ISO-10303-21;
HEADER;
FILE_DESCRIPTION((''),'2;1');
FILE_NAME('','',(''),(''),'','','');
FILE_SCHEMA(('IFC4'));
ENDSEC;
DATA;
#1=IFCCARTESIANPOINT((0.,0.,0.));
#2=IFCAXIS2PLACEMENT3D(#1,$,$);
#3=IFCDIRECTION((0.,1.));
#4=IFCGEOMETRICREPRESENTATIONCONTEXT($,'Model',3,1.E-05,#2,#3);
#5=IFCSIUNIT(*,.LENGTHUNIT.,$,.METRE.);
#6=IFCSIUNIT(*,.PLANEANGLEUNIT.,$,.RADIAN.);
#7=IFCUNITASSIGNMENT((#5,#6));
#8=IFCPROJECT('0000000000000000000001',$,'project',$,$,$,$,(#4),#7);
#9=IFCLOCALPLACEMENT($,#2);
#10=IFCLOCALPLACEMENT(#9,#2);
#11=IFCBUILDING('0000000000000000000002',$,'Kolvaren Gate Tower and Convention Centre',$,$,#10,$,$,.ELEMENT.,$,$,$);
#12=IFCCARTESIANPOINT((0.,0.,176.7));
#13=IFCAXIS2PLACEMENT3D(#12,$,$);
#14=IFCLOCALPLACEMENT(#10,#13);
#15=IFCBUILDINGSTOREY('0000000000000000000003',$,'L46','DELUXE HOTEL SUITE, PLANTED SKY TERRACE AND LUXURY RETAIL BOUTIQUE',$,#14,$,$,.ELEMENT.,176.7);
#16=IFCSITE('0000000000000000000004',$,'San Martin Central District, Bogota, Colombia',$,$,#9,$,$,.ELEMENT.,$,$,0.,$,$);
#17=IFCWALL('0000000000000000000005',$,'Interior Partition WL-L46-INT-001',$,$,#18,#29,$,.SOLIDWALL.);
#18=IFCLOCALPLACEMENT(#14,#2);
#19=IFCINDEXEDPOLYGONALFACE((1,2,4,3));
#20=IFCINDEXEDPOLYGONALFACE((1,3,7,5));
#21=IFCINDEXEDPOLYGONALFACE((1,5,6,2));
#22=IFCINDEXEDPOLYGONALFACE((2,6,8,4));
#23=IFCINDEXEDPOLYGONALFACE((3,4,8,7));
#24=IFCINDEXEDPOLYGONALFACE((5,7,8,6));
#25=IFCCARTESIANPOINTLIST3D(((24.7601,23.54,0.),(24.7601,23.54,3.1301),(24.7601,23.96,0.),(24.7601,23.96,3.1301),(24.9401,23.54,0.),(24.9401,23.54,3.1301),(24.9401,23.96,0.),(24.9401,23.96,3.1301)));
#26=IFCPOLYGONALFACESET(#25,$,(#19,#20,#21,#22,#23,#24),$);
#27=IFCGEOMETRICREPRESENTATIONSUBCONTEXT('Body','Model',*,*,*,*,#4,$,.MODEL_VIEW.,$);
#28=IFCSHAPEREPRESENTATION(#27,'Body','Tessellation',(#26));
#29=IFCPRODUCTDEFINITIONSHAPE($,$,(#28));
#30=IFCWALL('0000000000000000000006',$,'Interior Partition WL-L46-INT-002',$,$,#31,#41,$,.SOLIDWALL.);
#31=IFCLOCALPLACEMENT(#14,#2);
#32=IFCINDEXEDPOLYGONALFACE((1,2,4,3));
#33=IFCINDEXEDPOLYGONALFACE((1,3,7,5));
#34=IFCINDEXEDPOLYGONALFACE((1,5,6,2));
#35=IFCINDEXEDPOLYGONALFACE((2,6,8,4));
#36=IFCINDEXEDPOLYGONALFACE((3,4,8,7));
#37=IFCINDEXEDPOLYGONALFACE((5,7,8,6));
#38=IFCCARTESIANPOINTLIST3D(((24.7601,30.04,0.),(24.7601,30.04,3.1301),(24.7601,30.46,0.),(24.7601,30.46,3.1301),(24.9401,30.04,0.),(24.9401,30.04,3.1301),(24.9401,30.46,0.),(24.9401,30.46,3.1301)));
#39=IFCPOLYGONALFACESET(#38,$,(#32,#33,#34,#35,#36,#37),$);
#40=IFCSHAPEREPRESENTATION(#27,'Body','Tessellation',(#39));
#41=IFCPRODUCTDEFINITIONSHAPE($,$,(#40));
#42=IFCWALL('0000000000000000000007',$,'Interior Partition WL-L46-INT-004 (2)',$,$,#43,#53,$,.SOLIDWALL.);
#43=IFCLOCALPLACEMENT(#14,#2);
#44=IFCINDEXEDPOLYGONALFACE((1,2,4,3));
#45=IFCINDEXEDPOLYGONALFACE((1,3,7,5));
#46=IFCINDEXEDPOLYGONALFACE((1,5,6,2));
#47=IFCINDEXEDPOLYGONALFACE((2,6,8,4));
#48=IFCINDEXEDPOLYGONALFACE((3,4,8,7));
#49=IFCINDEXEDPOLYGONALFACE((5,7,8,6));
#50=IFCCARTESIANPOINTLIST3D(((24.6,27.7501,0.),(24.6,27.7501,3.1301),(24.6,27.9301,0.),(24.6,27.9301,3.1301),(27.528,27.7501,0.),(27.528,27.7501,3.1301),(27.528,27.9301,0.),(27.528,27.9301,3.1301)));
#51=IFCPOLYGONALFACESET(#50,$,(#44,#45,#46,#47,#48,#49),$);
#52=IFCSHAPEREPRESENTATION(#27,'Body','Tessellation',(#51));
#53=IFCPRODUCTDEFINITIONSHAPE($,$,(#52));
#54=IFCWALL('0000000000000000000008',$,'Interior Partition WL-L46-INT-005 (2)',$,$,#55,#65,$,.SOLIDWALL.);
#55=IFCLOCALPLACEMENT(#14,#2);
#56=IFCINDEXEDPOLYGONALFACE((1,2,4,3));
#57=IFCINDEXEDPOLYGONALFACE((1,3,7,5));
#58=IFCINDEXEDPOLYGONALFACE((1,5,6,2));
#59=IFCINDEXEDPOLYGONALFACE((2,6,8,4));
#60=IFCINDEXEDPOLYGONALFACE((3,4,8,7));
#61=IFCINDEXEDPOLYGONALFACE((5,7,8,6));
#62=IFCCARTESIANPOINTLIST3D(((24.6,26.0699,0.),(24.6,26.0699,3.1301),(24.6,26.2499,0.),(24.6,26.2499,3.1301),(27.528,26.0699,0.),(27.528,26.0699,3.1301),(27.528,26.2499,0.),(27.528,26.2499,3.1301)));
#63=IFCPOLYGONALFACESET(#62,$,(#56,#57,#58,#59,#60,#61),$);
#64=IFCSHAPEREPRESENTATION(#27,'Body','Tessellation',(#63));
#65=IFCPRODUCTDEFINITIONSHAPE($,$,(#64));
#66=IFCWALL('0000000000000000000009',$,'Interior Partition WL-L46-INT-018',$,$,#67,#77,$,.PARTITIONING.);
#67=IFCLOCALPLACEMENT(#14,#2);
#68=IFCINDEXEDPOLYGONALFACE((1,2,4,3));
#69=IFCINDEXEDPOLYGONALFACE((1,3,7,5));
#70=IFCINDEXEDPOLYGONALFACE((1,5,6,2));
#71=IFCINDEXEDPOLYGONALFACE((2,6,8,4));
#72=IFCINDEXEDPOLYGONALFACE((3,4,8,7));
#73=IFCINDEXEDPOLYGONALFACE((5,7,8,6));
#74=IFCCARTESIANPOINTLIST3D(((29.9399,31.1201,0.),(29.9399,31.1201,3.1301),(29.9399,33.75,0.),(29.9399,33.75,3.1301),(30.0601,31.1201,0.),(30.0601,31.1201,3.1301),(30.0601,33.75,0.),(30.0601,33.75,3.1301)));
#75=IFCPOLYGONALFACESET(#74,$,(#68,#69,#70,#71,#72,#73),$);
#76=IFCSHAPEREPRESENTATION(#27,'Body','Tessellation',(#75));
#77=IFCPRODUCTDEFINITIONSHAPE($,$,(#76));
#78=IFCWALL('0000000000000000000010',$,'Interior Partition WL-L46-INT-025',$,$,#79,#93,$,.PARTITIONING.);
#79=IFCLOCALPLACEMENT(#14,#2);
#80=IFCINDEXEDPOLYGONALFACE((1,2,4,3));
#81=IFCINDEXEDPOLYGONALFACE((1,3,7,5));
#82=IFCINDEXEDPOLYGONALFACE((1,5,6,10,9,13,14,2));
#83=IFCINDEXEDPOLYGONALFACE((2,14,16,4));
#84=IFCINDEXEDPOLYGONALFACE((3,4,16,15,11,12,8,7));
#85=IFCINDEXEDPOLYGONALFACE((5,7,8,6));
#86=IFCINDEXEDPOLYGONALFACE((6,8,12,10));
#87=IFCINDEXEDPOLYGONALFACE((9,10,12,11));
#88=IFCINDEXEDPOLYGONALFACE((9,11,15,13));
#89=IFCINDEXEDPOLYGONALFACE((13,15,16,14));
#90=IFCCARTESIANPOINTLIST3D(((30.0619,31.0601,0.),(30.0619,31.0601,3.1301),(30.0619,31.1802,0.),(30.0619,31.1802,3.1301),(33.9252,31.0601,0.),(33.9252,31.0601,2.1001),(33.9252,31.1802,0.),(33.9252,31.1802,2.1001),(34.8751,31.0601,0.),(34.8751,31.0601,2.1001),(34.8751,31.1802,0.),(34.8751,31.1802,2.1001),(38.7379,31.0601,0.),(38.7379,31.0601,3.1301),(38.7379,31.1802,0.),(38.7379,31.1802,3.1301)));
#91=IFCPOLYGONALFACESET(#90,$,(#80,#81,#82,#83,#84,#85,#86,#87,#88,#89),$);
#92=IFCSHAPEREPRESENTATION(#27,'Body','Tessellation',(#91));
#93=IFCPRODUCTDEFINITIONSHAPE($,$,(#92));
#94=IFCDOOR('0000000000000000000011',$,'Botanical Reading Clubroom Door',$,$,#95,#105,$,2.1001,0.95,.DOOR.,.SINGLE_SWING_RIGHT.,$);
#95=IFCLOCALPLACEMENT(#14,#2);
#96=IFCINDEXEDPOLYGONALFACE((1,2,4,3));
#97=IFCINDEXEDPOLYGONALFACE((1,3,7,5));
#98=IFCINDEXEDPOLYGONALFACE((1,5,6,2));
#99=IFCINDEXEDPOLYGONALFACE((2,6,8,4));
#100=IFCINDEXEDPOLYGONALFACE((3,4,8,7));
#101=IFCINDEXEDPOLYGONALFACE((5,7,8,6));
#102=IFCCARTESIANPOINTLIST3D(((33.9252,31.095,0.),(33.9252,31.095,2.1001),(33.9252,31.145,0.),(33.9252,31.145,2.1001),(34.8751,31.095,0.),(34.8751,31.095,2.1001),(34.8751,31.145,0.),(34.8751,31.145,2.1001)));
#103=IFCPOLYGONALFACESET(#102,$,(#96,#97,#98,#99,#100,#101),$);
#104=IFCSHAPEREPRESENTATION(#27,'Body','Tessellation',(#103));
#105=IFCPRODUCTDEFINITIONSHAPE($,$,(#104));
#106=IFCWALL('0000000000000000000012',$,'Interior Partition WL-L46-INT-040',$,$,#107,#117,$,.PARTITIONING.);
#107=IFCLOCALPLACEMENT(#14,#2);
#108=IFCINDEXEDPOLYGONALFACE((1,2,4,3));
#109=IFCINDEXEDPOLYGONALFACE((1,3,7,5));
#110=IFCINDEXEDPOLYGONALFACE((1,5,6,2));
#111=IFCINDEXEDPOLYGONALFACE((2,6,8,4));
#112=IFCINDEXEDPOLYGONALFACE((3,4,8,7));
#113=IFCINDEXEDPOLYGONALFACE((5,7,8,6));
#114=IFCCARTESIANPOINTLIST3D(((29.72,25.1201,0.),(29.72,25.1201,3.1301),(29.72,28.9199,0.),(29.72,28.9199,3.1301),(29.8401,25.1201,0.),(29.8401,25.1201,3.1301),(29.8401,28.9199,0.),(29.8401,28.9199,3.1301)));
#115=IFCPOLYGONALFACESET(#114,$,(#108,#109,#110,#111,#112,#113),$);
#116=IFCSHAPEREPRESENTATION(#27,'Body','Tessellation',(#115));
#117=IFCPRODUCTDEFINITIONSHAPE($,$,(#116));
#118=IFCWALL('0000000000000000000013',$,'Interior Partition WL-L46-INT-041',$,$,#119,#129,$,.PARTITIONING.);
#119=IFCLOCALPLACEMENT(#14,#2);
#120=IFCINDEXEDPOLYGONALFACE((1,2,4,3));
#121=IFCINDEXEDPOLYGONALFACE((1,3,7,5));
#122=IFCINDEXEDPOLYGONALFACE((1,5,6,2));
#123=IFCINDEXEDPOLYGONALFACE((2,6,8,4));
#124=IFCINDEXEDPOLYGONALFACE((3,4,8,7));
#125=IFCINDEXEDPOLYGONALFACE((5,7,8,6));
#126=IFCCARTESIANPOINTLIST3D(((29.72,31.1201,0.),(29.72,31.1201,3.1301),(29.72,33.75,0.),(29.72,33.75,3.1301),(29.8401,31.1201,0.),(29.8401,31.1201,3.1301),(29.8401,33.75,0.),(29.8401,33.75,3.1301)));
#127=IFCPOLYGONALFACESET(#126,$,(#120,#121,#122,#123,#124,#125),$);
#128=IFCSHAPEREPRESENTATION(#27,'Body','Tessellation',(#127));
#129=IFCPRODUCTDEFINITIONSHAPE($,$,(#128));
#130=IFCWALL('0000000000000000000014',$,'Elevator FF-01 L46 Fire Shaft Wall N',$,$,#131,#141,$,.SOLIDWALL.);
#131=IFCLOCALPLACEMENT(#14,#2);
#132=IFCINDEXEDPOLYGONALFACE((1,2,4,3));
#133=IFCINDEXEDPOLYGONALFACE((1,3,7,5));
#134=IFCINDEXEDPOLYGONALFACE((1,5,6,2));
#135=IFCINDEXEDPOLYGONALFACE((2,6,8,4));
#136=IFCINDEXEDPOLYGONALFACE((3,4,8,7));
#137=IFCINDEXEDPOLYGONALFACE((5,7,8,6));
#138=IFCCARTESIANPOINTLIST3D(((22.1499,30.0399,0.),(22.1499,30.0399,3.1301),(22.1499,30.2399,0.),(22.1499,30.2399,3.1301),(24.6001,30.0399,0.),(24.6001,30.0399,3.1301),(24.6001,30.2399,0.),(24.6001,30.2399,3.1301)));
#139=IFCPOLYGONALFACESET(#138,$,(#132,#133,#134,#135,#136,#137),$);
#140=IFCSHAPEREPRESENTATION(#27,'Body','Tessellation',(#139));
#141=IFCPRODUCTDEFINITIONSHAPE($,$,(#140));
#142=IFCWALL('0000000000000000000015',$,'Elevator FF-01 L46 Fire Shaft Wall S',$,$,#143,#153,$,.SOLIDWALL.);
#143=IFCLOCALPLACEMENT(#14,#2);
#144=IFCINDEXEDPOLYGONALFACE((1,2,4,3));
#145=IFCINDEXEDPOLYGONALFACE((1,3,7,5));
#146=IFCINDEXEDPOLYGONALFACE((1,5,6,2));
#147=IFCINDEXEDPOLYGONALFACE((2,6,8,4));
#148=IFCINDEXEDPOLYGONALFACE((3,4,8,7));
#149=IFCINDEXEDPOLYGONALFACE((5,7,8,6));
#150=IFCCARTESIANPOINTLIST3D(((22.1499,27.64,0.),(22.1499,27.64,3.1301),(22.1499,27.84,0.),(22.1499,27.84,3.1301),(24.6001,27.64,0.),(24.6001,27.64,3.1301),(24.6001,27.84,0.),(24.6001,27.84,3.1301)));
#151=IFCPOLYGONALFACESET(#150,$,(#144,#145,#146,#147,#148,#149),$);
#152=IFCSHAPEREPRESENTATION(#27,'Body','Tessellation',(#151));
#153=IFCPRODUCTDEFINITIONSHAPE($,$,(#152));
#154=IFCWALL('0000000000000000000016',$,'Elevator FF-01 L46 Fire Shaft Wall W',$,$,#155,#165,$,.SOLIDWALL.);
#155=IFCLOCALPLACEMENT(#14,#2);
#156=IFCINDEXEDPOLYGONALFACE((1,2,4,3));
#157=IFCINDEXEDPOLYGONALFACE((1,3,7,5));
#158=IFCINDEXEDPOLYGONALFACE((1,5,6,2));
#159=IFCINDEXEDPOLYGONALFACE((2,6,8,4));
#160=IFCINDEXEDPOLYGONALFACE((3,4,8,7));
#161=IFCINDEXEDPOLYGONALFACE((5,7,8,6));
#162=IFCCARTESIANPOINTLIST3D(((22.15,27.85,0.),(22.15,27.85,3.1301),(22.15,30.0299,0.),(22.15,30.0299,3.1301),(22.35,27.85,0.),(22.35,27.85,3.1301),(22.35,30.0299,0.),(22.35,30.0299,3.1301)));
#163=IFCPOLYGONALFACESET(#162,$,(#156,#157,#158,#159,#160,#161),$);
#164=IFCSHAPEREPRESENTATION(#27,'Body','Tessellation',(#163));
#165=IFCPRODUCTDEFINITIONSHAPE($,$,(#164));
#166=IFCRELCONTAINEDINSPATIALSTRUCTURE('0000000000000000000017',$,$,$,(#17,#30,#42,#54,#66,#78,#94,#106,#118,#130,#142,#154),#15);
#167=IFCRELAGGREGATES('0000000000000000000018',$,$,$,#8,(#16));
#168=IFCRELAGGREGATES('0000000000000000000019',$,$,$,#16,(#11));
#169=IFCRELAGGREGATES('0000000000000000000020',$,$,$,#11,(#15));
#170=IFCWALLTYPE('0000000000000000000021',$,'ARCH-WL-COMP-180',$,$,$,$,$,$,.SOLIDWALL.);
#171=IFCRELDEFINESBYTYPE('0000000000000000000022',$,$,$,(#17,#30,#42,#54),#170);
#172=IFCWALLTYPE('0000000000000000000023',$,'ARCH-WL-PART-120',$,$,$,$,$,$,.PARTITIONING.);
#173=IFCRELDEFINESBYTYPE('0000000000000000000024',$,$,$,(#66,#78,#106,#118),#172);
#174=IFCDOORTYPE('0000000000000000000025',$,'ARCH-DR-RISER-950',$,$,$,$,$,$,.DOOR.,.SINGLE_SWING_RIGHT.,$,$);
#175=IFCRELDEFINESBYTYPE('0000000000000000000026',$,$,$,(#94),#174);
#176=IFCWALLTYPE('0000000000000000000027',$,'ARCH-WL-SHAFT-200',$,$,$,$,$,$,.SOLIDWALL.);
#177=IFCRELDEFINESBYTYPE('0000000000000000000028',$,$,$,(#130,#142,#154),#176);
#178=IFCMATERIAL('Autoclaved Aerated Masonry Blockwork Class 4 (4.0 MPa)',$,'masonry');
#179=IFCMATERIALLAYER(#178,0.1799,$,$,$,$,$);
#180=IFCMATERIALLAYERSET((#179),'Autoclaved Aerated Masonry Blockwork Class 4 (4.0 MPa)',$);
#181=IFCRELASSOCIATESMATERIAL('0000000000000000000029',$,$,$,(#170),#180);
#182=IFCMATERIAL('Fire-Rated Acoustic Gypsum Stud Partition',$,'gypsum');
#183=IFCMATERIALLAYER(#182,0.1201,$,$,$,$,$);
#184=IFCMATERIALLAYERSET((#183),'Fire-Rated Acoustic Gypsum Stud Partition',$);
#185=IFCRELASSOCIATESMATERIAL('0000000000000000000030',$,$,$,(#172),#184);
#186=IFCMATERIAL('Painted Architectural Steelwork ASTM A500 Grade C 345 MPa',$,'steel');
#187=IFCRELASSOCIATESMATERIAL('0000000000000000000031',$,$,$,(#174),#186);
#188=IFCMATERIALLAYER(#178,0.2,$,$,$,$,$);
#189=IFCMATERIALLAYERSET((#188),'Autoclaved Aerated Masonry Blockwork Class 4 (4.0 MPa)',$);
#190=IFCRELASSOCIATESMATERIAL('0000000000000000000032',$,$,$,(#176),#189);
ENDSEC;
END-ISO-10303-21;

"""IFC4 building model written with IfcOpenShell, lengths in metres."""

from ifc_helpers import new_model, si_unit, direction, frame, frame_2d, origin, place, context, subcontext, project, spatial, rectangle, extrude, material, layer, layer_set, type_object, element, fill, save


model = new_model("IFC4")

# Units and contexts
model_context = context("Model", 3, precision=1e-05, world=origin(), true_north=direction((0.0, 1.0)))
body_context = subcontext(model_context, "Body", "Model", "MODEL_VIEW")
ifc_project = project(units=[si_unit("LENGTHUNIT", "METRE"), si_unit("PLANEANGLEUNIT", "RADIAN")], contexts=[model_context])

# Site, building, storey
site_placement = place(None, origin())
site = spatial("IfcSite", under=ifc_project, at=site_placement, Name="San Martin Central District, Bogota, Colombia", CompositionType="ELEMENT", RefElevation=0.0)
building_placement = place(site_placement, origin())
building = spatial("IfcBuilding", under=site, at=building_placement, Name="Kolvaren Gate Tower and Convention Centre", CompositionType="ELEMENT")
storey_placement = place(building_placement, frame((0.0, 0.0, 176.7)))
storey = spatial("IfcBuildingStorey", under=building, at=storey_placement, Name="L46", Description="DELUXE HOTEL SUITE, PLANTED SKY TERRACE AND LUXURY RETAIL BOUTIQUE", CompositionType="ELEMENT", Elevation=176.7)

# Walls
ifc_material_1 = material(Name="Autoclaved Aerated Masonry Blockwork Class 4 (4.0 MPa)", Category="masonry")
ifc_layer_1 = layer(ifc_material_1, 0.1799)
ifc_layer_set_1 = layer_set([ifc_layer_1], Name="Autoclaved Aerated Masonry Blockwork Class 4 (4.0 MPa)")
wall_type_1 = type_object("IfcWallType", Name="ARCH-WL-COMP-180", PredefinedType="SOLIDWALL", material=ifc_layer_set_1)
for number, where, z_axis, x_axis, name in (
    (1, (24.8501, 23.54, 0.0), (0.0, 0.0, 1.0), (0.0, 1.0, 0.0), "Interior Partition WL-L46-INT-001"),
    (2, (24.8501, 30.04, 0.0), (0.0, 0.0, 1.0), (0.0, 1.0, 0.0), "Interior Partition WL-L46-INT-002"),
):
    element("IfcWall", number, at=place(storey_placement, frame(where, z_axis=z_axis, x_axis=x_axis)), inside=storey, type_object=wall_type_1, Name=name, PredefinedType="SOLIDWALL", context=body_context, shape_type="SweptSolid", body=[
        extrude(rectangle(XDim=0.4199, YDim=0.1799, at=frame_2d((0.21, 0.0))), origin(), (0.0, 0.0, 1.0), 3.1301),
    ])
for number, where, z_axis, x_axis, name in (
    (3, (24.6001, 27.8401, 0.0), (0.0, 0.0, 1.0), (1.0, 0.0, 0.0), "Interior Partition WL-L46-INT-004 (2)"),
    (4, (24.6001, 26.1599, 0.0), (0.0, 0.0, 1.0), (1.0, 0.0, 0.0), "Interior Partition WL-L46-INT-005 (2)"),
):
    element("IfcWall", number, at=place(storey_placement, frame(where, z_axis=z_axis, x_axis=x_axis)), inside=storey, type_object=wall_type_1, Name=name, PredefinedType="SOLIDWALL", context=body_context, shape_type="SweptSolid", body=[
        extrude(rectangle(XDim=2.928, YDim=0.1799, at=frame_2d((1.4639, 0.0))), origin(), (0.0, 0.0, 1.0), 3.1301),
    ])
ifc_material_2 = material(Name="Fire-Rated Acoustic Gypsum Stud Partition", Category="gypsum")
ifc_layer_2 = layer(ifc_material_2, 0.1201)
ifc_layer_set_2 = layer_set([ifc_layer_2], Name="Fire-Rated Acoustic Gypsum Stud Partition")
wall_type_2 = type_object("IfcWallType", Name="ARCH-WL-PART-120", PredefinedType="PARTITIONING", material=ifc_layer_set_2)
wall_1_placement = place(storey_placement, frame((30.0, 31.1201, 0.0), z_axis=(0.0, 0.0, 1.0), x_axis=(0.0, 1.0, 0.0)))
element("IfcWall", 5, at=wall_1_placement, inside=storey, type_object=wall_type_2, Name="Interior Partition WL-L46-INT-018", PredefinedType="PARTITIONING", context=body_context, shape_type="SweptSolid", body=[
    extrude(rectangle(XDim=2.6299, YDim=0.1201, at=frame_2d((1.3149, 0.0))), origin(), (0.0, 0.0, 1.0), 3.1301),
])

# Wall, opening, door
wall_2_placement = place(storey_placement, frame((30.062, 31.1201, 0.0), z_axis=(0.0, 0.0, 1.0), x_axis=(1.0, 0.0, 0.0)))
wall_2 = element("IfcWall", 6, at=wall_2_placement, inside=storey, type_object=wall_type_2, Name="Interior Partition WL-L46-INT-025", PredefinedType="PARTITIONING", context=body_context, shape_type="SweptSolid", body=[
    extrude(rectangle(XDim=8.676, YDim=0.1201, at=frame_2d((4.3379, 0.0))), origin(), (0.0, 0.0, 1.0), 3.1301),
])
opening_1_placement = place(wall_2_placement, frame((3.863, 0.0, 0.0)))
opening_1 = element("IfcOpeningElement", 7, at=opening_1_placement, cuts=wall_2, PredefinedType="OPENING", context=body_context, shape_type="SweptSolid", body=[
    extrude(rectangle(XDim=0.95, YDim=2.1001, at=frame_2d((0.4751, 1.05))), frame((0.0, 0.0701, 0.0), z_axis=(0.0, -1.0, 0.0), x_axis=(1.0, 0.0, 0.0)), (0.0, 0.0, 1.0), 0.1401),
])
ifc_material_3 = material(Name="Painted Architectural Steelwork ASTM A500 Grade C 345 MPa", Category="steel")
door_type_1 = type_object("IfcDoorType", Name="ARCH-DR-RISER-950", OperationType="SINGLE_SWING_RIGHT", PredefinedType="DOOR", material=ifc_material_3)
door_1_placement = place(opening_1_placement, origin())
door_1 = element("IfcDoor", 8, at=door_1_placement, inside=storey, type_object=door_type_1, Name="Botanical Reading Clubroom Door", OperationType="SINGLE_SWING_RIGHT", OverallHeight=2.1001, OverallWidth=0.95, PredefinedType="DOOR", context=body_context, shape_type="SweptSolid", body=[
    extrude(rectangle(XDim=0.95, YDim=2.1001, at=frame_2d((0.4751, 1.05))), frame((0.0, 0.0249, 0.0), z_axis=(0.0, -1.0, 0.0), x_axis=(1.0, 0.0, 0.0)), (0.0, 0.0, 1.0), 0.05),
])
fill(opening_1, door_1)

# Walls
wall_3_placement = place(storey_placement, frame((29.78, 25.1201, 0.0), z_axis=(0.0, 0.0, 1.0), x_axis=(0.0, 1.0, 0.0)))
element("IfcWall", 9, at=wall_3_placement, inside=storey, type_object=wall_type_2, Name="Interior Partition WL-L46-INT-040", PredefinedType="PARTITIONING", context=body_context, shape_type="SweptSolid", body=[
    extrude(rectangle(XDim=3.7998, YDim=0.1201, at=frame_2d((1.8999, 0.0))), origin(), (0.0, 0.0, 1.0), 3.1301),
])
wall_4_placement = place(storey_placement, frame((29.78, 31.1201, 0.0), z_axis=(0.0, 0.0, 1.0), x_axis=(0.0, 1.0, 0.0)))
element("IfcWall", 10, at=wall_4_placement, inside=storey, type_object=wall_type_2, Name="Interior Partition WL-L46-INT-041", PredefinedType="PARTITIONING", context=body_context, shape_type="SweptSolid", body=[
    extrude(rectangle(XDim=2.6299, YDim=0.1201, at=frame_2d((1.3149, 0.0))), origin(), (0.0, 0.0, 1.0), 3.1301),
])
ifc_layer_3 = layer(ifc_material_1, 0.2)
ifc_layer_set_3 = layer_set([ifc_layer_3], Name="Autoclaved Aerated Masonry Blockwork Class 4 (4.0 MPa)")
wall_type_3 = type_object("IfcWallType", Name="ARCH-WL-SHAFT-200", PredefinedType="SOLIDWALL", material=ifc_layer_set_3)
for number, where, z_axis, x_axis, name in (
    (11, (22.1499, 30.1399, 0.0), (0.0, 0.0, 1.0), (1.0, 0.0, 0.0), "Elevator FF-01 L46 Fire Shaft Wall N"),
    (12, (22.1499, 27.74, 0.0), (0.0, 0.0, 1.0), (1.0, 0.0, 0.0), "Elevator FF-01 L46 Fire Shaft Wall S"),
):
    element("IfcWall", number, at=place(storey_placement, frame(where, z_axis=z_axis, x_axis=x_axis)), inside=storey, type_object=wall_type_3, Name=name, PredefinedType="SOLIDWALL", context=body_context, shape_type="SweptSolid", body=[
        extrude(rectangle(XDim=2.4502, YDim=0.2, at=frame_2d((1.2251, 0.0))), origin(), (0.0, 0.0, 1.0), 3.1301),
    ])
wall_5_placement = place(storey_placement, frame((22.25, 27.8501, 0.0), z_axis=(0.0, 0.0, 1.0), x_axis=(0.0, 1.0, 0.0)))
element("IfcWall", 13, at=wall_5_placement, inside=storey, type_object=wall_type_3, Name="Elevator FF-01 L46 Fire Shaft Wall W", PredefinedType="SOLIDWALL", context=body_context, shape_type="SweptSolid", body=[
    extrude(rectangle(XDim=2.1799, YDim=0.2, at=frame_2d((1.0898, 0.0))), origin(), (0.0, 0.0, 1.0), 3.1301),
])

save(model, "model.ifc")
